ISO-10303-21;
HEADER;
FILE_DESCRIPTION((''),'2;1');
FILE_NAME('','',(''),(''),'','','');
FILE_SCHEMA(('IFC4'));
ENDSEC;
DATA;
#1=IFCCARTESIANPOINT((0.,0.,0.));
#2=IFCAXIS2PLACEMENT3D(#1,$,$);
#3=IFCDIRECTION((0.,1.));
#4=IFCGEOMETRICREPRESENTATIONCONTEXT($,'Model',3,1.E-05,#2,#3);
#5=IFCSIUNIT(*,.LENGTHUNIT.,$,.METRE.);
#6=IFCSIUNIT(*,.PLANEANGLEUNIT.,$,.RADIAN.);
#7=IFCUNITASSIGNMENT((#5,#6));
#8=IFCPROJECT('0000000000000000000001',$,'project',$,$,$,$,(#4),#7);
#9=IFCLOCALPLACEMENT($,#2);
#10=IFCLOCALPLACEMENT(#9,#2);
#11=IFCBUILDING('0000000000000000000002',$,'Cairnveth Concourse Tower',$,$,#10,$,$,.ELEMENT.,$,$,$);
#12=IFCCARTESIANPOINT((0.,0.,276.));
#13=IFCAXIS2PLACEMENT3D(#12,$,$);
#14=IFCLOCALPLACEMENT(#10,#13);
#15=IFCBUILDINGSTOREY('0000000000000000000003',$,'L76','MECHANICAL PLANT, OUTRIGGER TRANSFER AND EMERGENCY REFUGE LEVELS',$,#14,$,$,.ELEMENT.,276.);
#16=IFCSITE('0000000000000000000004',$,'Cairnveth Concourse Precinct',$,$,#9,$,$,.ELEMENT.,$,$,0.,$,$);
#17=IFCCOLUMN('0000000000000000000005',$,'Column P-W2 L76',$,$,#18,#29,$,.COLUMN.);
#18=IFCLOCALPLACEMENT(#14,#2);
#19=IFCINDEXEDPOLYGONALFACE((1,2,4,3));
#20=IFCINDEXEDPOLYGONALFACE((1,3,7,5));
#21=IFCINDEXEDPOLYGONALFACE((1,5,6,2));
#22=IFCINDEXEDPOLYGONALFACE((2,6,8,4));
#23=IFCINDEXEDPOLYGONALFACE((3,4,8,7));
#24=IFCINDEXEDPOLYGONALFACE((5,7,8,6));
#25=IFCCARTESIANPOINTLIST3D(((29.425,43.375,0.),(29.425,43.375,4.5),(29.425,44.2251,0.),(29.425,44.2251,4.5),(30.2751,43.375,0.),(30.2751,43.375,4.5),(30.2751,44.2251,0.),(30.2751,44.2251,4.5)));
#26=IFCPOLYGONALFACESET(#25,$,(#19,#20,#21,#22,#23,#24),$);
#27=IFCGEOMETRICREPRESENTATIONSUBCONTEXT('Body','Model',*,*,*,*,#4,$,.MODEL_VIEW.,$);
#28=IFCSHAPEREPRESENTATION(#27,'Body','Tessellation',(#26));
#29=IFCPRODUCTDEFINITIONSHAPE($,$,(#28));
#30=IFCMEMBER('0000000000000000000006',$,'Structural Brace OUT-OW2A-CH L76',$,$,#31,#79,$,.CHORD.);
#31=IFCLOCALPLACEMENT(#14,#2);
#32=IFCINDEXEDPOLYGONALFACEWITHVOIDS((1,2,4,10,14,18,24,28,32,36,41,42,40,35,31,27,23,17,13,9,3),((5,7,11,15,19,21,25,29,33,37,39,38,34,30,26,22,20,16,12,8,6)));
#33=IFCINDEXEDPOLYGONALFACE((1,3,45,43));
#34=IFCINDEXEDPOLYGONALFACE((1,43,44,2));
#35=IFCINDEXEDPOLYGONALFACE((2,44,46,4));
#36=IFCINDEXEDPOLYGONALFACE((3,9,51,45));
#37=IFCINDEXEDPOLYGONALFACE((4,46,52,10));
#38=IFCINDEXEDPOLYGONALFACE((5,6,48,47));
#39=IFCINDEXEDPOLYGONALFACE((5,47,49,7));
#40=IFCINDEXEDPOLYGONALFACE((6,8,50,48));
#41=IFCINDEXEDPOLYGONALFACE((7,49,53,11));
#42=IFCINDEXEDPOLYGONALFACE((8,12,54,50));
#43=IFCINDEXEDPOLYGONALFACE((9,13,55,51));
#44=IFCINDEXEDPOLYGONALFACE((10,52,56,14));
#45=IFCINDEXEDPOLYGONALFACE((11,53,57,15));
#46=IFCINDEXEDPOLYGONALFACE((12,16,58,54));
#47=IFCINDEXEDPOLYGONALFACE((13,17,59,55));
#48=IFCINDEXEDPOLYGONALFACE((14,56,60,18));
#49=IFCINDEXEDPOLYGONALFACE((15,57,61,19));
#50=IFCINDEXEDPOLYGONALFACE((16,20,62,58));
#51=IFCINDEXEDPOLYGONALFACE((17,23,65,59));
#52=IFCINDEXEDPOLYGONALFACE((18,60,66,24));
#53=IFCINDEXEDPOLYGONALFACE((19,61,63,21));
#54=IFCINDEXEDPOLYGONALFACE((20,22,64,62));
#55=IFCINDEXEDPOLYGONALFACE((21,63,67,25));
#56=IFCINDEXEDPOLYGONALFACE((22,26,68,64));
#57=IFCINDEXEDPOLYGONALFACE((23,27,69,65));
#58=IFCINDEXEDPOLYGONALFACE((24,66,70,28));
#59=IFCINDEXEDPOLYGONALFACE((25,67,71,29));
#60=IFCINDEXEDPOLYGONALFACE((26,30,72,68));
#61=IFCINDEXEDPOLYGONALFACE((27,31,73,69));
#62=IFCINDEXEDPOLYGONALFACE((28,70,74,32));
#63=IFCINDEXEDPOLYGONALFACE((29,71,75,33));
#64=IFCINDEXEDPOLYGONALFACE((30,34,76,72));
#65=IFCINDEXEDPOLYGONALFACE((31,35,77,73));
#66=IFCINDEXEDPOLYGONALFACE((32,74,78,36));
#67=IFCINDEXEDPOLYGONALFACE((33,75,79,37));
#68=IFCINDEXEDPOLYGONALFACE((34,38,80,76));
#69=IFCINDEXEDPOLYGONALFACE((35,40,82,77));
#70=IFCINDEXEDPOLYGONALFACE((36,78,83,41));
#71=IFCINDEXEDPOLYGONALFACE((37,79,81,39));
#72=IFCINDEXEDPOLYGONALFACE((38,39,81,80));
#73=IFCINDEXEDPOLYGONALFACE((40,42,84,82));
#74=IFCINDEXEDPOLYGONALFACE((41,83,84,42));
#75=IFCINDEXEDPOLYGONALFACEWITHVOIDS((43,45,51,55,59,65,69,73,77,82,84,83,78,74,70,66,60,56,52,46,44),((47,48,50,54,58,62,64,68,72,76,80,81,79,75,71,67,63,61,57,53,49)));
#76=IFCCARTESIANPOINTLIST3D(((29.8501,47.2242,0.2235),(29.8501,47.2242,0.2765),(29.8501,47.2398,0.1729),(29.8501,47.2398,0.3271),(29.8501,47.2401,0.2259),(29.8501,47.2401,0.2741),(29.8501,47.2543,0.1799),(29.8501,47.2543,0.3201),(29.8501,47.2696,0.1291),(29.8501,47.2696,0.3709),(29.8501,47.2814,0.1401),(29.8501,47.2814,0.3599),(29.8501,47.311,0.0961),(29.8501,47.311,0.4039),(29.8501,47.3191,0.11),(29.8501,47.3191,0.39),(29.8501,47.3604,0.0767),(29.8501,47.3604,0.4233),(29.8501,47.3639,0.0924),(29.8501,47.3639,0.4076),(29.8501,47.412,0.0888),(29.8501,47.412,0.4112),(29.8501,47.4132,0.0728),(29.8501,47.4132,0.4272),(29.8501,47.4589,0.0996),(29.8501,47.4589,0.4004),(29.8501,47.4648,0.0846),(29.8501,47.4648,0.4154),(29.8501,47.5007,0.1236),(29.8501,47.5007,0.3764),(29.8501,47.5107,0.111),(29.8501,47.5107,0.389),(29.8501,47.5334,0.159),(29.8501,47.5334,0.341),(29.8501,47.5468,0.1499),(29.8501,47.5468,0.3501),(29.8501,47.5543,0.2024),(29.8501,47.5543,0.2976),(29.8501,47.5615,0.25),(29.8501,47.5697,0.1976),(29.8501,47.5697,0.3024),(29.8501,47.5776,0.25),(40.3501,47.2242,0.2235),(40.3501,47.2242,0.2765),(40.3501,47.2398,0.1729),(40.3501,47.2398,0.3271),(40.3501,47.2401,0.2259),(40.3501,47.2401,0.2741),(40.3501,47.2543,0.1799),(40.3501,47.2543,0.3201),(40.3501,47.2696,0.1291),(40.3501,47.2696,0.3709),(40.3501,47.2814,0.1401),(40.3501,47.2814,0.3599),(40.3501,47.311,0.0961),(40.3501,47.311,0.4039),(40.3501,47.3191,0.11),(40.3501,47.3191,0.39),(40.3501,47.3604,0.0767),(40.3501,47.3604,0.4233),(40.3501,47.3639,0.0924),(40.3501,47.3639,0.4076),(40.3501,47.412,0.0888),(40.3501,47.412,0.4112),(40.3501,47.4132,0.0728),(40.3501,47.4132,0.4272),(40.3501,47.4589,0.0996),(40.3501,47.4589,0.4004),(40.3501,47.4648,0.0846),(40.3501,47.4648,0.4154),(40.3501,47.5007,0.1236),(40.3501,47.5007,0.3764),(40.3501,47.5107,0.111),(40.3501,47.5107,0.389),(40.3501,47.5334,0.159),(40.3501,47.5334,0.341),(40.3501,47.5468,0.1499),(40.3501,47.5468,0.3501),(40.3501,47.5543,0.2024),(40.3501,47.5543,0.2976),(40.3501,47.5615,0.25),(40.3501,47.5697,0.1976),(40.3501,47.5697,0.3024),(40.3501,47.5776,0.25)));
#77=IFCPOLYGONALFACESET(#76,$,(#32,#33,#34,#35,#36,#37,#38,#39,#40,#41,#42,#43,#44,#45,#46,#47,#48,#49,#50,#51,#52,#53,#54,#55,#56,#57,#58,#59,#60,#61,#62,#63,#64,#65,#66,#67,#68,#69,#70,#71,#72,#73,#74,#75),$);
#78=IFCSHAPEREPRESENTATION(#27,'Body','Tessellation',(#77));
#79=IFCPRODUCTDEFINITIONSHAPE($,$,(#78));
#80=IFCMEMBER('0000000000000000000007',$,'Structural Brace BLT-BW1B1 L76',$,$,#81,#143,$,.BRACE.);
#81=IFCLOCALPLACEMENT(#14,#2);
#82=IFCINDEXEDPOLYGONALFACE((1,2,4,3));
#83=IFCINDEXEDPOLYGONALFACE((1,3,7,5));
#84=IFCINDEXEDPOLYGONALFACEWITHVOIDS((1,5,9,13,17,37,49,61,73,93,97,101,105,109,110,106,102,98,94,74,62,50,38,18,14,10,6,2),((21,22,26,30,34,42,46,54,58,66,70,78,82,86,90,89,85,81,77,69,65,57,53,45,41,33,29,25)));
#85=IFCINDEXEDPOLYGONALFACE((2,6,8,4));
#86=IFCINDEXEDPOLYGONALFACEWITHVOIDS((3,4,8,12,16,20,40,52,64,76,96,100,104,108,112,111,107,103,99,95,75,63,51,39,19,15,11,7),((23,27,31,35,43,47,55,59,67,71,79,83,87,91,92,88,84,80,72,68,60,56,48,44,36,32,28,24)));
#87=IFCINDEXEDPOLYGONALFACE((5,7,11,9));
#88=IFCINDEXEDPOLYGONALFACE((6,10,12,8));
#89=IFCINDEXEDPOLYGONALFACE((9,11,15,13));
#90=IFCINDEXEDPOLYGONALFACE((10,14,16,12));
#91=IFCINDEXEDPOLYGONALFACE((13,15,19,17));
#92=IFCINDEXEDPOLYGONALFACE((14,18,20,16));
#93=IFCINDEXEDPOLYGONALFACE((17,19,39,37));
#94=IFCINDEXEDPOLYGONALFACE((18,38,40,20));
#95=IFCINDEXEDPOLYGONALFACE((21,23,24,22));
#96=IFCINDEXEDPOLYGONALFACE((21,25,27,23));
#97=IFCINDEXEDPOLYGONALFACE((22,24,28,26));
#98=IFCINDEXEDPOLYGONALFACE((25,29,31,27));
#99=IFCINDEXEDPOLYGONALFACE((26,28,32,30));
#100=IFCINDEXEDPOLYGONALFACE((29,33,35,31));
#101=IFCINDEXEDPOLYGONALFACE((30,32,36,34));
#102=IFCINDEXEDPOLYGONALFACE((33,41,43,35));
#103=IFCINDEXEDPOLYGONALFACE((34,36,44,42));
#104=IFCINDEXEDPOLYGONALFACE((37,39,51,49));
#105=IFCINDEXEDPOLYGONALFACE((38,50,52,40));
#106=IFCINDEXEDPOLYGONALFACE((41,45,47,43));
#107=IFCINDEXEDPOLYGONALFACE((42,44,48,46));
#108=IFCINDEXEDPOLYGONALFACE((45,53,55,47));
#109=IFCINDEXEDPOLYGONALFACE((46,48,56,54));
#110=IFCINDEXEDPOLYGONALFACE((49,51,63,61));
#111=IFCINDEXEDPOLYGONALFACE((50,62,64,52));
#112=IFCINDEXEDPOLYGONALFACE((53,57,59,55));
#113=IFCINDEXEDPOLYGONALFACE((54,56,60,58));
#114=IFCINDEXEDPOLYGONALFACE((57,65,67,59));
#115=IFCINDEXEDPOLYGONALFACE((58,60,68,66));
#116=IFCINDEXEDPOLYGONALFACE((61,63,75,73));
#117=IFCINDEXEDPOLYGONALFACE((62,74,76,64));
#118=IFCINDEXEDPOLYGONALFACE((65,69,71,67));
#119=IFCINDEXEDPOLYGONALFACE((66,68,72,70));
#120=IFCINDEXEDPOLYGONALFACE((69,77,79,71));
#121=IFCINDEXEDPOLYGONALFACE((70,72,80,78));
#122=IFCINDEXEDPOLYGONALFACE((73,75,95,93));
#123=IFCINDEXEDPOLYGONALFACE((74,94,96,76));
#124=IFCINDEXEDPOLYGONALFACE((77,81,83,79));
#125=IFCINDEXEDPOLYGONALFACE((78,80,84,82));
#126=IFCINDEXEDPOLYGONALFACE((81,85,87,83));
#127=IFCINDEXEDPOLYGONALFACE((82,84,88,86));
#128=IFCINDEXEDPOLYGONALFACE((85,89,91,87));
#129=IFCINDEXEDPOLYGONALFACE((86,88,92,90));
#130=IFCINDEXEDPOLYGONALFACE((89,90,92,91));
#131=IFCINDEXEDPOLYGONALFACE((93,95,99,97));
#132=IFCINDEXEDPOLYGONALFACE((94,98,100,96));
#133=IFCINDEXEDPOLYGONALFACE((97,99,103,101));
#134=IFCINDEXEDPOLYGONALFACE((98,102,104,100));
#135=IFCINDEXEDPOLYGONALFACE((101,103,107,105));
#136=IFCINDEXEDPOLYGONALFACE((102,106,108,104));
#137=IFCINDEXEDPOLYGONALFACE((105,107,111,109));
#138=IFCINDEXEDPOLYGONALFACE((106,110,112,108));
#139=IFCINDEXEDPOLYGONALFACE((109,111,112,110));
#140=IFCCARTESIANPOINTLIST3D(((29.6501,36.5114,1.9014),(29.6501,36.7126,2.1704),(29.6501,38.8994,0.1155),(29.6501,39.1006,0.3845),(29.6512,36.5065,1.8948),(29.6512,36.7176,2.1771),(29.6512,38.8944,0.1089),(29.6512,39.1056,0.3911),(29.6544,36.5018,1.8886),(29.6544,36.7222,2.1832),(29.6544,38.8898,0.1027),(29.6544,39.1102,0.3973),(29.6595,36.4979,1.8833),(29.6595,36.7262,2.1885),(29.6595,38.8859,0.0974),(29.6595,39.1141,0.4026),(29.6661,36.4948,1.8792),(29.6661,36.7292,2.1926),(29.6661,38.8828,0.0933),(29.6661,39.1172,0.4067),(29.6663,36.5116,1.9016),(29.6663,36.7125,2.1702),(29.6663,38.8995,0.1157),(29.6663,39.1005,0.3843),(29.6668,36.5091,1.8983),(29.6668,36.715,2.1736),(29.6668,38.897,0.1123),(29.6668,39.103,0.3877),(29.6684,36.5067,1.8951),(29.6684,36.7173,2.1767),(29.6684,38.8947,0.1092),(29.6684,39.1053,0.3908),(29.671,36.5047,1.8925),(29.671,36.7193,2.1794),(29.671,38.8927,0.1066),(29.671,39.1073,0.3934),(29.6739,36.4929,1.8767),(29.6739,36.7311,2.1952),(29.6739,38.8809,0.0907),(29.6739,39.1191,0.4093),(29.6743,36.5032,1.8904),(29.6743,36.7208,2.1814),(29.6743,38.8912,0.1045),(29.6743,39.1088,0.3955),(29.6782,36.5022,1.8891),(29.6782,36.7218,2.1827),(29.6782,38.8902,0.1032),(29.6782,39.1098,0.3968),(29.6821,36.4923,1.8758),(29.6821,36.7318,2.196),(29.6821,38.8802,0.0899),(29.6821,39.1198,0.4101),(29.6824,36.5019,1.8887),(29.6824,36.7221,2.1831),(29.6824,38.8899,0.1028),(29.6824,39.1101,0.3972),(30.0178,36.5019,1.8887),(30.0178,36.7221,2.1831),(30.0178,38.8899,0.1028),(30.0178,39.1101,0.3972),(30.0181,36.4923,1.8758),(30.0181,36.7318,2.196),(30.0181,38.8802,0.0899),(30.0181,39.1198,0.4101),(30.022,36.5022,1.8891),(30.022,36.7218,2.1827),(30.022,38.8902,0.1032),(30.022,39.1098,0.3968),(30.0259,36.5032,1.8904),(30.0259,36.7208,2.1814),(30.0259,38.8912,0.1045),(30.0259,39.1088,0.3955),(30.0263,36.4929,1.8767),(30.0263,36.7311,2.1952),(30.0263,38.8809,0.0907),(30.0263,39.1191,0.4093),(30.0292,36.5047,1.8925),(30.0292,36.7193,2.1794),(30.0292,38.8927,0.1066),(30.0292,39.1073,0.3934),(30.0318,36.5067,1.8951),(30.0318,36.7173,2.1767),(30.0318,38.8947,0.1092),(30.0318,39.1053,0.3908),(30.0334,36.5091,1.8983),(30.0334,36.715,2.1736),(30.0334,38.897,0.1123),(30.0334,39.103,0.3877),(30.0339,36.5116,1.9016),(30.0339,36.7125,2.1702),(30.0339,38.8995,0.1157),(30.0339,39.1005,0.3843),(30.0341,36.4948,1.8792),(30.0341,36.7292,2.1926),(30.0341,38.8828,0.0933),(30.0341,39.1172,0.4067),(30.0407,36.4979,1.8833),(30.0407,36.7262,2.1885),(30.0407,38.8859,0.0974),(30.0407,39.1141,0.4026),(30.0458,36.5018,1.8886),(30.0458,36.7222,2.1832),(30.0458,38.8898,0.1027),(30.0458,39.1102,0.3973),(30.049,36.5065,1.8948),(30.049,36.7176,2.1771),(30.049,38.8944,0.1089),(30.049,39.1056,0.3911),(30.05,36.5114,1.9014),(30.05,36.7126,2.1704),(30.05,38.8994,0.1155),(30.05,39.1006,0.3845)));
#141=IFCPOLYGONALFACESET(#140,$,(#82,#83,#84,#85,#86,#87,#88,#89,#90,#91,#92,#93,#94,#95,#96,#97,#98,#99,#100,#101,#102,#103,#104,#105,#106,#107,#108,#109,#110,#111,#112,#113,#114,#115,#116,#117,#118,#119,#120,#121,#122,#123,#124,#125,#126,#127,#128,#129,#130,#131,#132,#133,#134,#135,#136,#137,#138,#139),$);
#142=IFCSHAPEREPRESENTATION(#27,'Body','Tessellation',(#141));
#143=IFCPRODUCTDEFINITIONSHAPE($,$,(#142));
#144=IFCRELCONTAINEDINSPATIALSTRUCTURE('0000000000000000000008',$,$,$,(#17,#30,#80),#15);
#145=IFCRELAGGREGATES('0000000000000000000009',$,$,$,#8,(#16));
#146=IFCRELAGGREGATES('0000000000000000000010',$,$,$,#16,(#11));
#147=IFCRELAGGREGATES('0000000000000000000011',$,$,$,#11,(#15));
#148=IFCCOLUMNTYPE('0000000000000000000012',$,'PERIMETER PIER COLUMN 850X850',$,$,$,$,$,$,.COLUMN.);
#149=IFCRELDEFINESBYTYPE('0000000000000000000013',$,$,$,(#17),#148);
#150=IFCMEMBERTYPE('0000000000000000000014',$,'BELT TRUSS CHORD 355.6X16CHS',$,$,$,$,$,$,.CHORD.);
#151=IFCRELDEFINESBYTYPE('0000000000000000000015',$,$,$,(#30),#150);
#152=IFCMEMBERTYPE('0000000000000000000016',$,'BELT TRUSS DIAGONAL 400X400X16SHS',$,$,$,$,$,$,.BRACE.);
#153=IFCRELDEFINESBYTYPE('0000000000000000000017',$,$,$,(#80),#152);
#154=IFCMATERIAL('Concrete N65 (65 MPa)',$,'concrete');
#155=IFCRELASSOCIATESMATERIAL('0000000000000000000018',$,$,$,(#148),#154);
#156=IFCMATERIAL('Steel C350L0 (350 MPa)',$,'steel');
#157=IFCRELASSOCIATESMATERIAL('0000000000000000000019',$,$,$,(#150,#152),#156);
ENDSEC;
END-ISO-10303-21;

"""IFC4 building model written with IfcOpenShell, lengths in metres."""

from ifc_helpers import new_model, si_unit, direction, frame, origin, origin_2d, place, context, subcontext, project, spatial, rectangle, hollow_rectangle, hollow_circle, extrude, material, material_profile, profile_set, type_object, element, save


model = new_model("IFC4")

# Units and contexts
model_context = context("Model", 3, precision=1e-05, world=origin(), true_north=direction((0.0, 1.0)))
body_context = subcontext(model_context, "Body", "Model", "MODEL_VIEW")
ifc_project = project(units=[si_unit("LENGTHUNIT", "METRE"), si_unit("PLANEANGLEUNIT", "RADIAN")], contexts=[model_context])

# Site, building, storey
site_placement = place(None, origin())
site = spatial("IfcSite", under=ifc_project, at=site_placement, Name="Cairnveth Concourse Precinct", CompositionType="ELEMENT", RefElevation=0.0)
building_placement = place(site_placement, origin())
building = spatial("IfcBuilding", under=site, at=building_placement, Name="Cairnveth Concourse Tower", CompositionType="ELEMENT")
storey_placement = place(building_placement, frame((0.0, 0.0, 276.0)))
storey = spatial("IfcBuildingStorey", under=building, at=storey_placement, Name="L76", Description="MECHANICAL PLANT, OUTRIGGER TRANSFER AND EMERGENCY REFUGE LEVELS", CompositionType="ELEMENT", Elevation=276.0)

# Column
ifc_material_1 = material(Name="Concrete N65 (65 MPa)", Category="concrete")
ifc_material_profile_1 = material_profile(ifc_material_1, rectangle(XDim=0.8501, YDim=0.8501, at=origin_2d()), Name="RC-COL-850x850")
ifc_profile_set_1 = profile_set([ifc_material_profile_1], Name="Concrete N65 (65 MPa)")
column_type = type_object("IfcColumnType", Name="PERIMETER PIER COLUMN 850X850", PredefinedType="COLUMN", material=ifc_profile_set_1)
column_placement = place(storey_placement, frame((29.8501, 43.8, 0.0), z_axis=(0.0, 0.0, 1.0), x_axis=(0.0, 1.0, 0.0)))
element("IfcColumn", 1, at=column_placement, inside=storey, type_object=column_type, Name="Column P-W2 L76", PredefinedType="COLUMN", context=body_context, shape_type="SweptSolid", body=[
    extrude(rectangle(XDim=0.8501, YDim=0.8501, at=origin_2d()), origin(), (0.0, 0.0, 1.0), 4.5),
])

# Members
ifc_material_2 = material(Name="Steel C350L0 (350 MPa)", Category="steel")
ifc_material_profile_2 = material_profile(ifc_material_2, hollow_circle(Radius=0.1777, WallThickness=0.0161, at=origin_2d()), Name="355.6x16.0CHS")
ifc_profile_set_2 = profile_set([ifc_material_profile_2], Name="Steel C350L0 (350 MPa)")
member_type_1 = type_object("IfcMemberType", Name="BELT TRUSS CHORD 355.6X16CHS", PredefinedType="CHORD", material=ifc_profile_set_2)
member_1_placement = place(storey_placement, frame((29.8501, 47.3999, 0.25), z_axis=(1.0, 0.0, 0.0), x_axis=(0.0, 1.0, 0.0)))
element("IfcMember", 2, at=member_1_placement, inside=storey, type_object=member_type_1, Name="Structural Brace OUT-OW2A-CH L76", PredefinedType="CHORD", context=body_context, shape_type="SweptSolid", body=[
    extrude(hollow_circle(Radius=0.1777, WallThickness=0.0161, at=origin_2d()), origin(), (0.0, 0.0, 1.0), 10.5),
])
ifc_material_profile_3 = material_profile(ifc_material_2, hollow_rectangle(XDim=0.3999, YDim=0.3999, WallThickness=0.0161, InnerFilletRadius=0.0161, OuterFilletRadius=0.032, at=origin_2d()), Name="400x400x16.0SHS")
ifc_profile_set_3 = profile_set([ifc_material_profile_3], Name="Steel C350L0 (350 MPa)")
member_type_2 = type_object("IfcMemberType", Name="BELT TRUSS DIAGONAL 400X400X16SHS", PredefinedType="BRACE", material=ifc_profile_set_3)
member_2_placement = place(storey_placement, frame((29.8501, 39.0, 0.25), z_axis=(0.0, -0.800815, 0.598912), x_axis=(1.0, 0.0, 0.0)))
element("IfcMember", 3, at=member_2_placement, inside=storey, type_object=member_type_2, Name="Structural Brace BLT-BW1B1 L76", PredefinedType="BRACE", context=body_context, shape_type="SweptSolid", body=[
    extrude(hollow_rectangle(XDim=0.3999, YDim=0.3999, WallThickness=0.0161, InnerFilletRadius=0.0161, OuterFilletRadius=0.032, at=origin_2d()), origin(), (0.0, 0.0, 1.0), 2.9819),
])

save(model, "model.ifc")
